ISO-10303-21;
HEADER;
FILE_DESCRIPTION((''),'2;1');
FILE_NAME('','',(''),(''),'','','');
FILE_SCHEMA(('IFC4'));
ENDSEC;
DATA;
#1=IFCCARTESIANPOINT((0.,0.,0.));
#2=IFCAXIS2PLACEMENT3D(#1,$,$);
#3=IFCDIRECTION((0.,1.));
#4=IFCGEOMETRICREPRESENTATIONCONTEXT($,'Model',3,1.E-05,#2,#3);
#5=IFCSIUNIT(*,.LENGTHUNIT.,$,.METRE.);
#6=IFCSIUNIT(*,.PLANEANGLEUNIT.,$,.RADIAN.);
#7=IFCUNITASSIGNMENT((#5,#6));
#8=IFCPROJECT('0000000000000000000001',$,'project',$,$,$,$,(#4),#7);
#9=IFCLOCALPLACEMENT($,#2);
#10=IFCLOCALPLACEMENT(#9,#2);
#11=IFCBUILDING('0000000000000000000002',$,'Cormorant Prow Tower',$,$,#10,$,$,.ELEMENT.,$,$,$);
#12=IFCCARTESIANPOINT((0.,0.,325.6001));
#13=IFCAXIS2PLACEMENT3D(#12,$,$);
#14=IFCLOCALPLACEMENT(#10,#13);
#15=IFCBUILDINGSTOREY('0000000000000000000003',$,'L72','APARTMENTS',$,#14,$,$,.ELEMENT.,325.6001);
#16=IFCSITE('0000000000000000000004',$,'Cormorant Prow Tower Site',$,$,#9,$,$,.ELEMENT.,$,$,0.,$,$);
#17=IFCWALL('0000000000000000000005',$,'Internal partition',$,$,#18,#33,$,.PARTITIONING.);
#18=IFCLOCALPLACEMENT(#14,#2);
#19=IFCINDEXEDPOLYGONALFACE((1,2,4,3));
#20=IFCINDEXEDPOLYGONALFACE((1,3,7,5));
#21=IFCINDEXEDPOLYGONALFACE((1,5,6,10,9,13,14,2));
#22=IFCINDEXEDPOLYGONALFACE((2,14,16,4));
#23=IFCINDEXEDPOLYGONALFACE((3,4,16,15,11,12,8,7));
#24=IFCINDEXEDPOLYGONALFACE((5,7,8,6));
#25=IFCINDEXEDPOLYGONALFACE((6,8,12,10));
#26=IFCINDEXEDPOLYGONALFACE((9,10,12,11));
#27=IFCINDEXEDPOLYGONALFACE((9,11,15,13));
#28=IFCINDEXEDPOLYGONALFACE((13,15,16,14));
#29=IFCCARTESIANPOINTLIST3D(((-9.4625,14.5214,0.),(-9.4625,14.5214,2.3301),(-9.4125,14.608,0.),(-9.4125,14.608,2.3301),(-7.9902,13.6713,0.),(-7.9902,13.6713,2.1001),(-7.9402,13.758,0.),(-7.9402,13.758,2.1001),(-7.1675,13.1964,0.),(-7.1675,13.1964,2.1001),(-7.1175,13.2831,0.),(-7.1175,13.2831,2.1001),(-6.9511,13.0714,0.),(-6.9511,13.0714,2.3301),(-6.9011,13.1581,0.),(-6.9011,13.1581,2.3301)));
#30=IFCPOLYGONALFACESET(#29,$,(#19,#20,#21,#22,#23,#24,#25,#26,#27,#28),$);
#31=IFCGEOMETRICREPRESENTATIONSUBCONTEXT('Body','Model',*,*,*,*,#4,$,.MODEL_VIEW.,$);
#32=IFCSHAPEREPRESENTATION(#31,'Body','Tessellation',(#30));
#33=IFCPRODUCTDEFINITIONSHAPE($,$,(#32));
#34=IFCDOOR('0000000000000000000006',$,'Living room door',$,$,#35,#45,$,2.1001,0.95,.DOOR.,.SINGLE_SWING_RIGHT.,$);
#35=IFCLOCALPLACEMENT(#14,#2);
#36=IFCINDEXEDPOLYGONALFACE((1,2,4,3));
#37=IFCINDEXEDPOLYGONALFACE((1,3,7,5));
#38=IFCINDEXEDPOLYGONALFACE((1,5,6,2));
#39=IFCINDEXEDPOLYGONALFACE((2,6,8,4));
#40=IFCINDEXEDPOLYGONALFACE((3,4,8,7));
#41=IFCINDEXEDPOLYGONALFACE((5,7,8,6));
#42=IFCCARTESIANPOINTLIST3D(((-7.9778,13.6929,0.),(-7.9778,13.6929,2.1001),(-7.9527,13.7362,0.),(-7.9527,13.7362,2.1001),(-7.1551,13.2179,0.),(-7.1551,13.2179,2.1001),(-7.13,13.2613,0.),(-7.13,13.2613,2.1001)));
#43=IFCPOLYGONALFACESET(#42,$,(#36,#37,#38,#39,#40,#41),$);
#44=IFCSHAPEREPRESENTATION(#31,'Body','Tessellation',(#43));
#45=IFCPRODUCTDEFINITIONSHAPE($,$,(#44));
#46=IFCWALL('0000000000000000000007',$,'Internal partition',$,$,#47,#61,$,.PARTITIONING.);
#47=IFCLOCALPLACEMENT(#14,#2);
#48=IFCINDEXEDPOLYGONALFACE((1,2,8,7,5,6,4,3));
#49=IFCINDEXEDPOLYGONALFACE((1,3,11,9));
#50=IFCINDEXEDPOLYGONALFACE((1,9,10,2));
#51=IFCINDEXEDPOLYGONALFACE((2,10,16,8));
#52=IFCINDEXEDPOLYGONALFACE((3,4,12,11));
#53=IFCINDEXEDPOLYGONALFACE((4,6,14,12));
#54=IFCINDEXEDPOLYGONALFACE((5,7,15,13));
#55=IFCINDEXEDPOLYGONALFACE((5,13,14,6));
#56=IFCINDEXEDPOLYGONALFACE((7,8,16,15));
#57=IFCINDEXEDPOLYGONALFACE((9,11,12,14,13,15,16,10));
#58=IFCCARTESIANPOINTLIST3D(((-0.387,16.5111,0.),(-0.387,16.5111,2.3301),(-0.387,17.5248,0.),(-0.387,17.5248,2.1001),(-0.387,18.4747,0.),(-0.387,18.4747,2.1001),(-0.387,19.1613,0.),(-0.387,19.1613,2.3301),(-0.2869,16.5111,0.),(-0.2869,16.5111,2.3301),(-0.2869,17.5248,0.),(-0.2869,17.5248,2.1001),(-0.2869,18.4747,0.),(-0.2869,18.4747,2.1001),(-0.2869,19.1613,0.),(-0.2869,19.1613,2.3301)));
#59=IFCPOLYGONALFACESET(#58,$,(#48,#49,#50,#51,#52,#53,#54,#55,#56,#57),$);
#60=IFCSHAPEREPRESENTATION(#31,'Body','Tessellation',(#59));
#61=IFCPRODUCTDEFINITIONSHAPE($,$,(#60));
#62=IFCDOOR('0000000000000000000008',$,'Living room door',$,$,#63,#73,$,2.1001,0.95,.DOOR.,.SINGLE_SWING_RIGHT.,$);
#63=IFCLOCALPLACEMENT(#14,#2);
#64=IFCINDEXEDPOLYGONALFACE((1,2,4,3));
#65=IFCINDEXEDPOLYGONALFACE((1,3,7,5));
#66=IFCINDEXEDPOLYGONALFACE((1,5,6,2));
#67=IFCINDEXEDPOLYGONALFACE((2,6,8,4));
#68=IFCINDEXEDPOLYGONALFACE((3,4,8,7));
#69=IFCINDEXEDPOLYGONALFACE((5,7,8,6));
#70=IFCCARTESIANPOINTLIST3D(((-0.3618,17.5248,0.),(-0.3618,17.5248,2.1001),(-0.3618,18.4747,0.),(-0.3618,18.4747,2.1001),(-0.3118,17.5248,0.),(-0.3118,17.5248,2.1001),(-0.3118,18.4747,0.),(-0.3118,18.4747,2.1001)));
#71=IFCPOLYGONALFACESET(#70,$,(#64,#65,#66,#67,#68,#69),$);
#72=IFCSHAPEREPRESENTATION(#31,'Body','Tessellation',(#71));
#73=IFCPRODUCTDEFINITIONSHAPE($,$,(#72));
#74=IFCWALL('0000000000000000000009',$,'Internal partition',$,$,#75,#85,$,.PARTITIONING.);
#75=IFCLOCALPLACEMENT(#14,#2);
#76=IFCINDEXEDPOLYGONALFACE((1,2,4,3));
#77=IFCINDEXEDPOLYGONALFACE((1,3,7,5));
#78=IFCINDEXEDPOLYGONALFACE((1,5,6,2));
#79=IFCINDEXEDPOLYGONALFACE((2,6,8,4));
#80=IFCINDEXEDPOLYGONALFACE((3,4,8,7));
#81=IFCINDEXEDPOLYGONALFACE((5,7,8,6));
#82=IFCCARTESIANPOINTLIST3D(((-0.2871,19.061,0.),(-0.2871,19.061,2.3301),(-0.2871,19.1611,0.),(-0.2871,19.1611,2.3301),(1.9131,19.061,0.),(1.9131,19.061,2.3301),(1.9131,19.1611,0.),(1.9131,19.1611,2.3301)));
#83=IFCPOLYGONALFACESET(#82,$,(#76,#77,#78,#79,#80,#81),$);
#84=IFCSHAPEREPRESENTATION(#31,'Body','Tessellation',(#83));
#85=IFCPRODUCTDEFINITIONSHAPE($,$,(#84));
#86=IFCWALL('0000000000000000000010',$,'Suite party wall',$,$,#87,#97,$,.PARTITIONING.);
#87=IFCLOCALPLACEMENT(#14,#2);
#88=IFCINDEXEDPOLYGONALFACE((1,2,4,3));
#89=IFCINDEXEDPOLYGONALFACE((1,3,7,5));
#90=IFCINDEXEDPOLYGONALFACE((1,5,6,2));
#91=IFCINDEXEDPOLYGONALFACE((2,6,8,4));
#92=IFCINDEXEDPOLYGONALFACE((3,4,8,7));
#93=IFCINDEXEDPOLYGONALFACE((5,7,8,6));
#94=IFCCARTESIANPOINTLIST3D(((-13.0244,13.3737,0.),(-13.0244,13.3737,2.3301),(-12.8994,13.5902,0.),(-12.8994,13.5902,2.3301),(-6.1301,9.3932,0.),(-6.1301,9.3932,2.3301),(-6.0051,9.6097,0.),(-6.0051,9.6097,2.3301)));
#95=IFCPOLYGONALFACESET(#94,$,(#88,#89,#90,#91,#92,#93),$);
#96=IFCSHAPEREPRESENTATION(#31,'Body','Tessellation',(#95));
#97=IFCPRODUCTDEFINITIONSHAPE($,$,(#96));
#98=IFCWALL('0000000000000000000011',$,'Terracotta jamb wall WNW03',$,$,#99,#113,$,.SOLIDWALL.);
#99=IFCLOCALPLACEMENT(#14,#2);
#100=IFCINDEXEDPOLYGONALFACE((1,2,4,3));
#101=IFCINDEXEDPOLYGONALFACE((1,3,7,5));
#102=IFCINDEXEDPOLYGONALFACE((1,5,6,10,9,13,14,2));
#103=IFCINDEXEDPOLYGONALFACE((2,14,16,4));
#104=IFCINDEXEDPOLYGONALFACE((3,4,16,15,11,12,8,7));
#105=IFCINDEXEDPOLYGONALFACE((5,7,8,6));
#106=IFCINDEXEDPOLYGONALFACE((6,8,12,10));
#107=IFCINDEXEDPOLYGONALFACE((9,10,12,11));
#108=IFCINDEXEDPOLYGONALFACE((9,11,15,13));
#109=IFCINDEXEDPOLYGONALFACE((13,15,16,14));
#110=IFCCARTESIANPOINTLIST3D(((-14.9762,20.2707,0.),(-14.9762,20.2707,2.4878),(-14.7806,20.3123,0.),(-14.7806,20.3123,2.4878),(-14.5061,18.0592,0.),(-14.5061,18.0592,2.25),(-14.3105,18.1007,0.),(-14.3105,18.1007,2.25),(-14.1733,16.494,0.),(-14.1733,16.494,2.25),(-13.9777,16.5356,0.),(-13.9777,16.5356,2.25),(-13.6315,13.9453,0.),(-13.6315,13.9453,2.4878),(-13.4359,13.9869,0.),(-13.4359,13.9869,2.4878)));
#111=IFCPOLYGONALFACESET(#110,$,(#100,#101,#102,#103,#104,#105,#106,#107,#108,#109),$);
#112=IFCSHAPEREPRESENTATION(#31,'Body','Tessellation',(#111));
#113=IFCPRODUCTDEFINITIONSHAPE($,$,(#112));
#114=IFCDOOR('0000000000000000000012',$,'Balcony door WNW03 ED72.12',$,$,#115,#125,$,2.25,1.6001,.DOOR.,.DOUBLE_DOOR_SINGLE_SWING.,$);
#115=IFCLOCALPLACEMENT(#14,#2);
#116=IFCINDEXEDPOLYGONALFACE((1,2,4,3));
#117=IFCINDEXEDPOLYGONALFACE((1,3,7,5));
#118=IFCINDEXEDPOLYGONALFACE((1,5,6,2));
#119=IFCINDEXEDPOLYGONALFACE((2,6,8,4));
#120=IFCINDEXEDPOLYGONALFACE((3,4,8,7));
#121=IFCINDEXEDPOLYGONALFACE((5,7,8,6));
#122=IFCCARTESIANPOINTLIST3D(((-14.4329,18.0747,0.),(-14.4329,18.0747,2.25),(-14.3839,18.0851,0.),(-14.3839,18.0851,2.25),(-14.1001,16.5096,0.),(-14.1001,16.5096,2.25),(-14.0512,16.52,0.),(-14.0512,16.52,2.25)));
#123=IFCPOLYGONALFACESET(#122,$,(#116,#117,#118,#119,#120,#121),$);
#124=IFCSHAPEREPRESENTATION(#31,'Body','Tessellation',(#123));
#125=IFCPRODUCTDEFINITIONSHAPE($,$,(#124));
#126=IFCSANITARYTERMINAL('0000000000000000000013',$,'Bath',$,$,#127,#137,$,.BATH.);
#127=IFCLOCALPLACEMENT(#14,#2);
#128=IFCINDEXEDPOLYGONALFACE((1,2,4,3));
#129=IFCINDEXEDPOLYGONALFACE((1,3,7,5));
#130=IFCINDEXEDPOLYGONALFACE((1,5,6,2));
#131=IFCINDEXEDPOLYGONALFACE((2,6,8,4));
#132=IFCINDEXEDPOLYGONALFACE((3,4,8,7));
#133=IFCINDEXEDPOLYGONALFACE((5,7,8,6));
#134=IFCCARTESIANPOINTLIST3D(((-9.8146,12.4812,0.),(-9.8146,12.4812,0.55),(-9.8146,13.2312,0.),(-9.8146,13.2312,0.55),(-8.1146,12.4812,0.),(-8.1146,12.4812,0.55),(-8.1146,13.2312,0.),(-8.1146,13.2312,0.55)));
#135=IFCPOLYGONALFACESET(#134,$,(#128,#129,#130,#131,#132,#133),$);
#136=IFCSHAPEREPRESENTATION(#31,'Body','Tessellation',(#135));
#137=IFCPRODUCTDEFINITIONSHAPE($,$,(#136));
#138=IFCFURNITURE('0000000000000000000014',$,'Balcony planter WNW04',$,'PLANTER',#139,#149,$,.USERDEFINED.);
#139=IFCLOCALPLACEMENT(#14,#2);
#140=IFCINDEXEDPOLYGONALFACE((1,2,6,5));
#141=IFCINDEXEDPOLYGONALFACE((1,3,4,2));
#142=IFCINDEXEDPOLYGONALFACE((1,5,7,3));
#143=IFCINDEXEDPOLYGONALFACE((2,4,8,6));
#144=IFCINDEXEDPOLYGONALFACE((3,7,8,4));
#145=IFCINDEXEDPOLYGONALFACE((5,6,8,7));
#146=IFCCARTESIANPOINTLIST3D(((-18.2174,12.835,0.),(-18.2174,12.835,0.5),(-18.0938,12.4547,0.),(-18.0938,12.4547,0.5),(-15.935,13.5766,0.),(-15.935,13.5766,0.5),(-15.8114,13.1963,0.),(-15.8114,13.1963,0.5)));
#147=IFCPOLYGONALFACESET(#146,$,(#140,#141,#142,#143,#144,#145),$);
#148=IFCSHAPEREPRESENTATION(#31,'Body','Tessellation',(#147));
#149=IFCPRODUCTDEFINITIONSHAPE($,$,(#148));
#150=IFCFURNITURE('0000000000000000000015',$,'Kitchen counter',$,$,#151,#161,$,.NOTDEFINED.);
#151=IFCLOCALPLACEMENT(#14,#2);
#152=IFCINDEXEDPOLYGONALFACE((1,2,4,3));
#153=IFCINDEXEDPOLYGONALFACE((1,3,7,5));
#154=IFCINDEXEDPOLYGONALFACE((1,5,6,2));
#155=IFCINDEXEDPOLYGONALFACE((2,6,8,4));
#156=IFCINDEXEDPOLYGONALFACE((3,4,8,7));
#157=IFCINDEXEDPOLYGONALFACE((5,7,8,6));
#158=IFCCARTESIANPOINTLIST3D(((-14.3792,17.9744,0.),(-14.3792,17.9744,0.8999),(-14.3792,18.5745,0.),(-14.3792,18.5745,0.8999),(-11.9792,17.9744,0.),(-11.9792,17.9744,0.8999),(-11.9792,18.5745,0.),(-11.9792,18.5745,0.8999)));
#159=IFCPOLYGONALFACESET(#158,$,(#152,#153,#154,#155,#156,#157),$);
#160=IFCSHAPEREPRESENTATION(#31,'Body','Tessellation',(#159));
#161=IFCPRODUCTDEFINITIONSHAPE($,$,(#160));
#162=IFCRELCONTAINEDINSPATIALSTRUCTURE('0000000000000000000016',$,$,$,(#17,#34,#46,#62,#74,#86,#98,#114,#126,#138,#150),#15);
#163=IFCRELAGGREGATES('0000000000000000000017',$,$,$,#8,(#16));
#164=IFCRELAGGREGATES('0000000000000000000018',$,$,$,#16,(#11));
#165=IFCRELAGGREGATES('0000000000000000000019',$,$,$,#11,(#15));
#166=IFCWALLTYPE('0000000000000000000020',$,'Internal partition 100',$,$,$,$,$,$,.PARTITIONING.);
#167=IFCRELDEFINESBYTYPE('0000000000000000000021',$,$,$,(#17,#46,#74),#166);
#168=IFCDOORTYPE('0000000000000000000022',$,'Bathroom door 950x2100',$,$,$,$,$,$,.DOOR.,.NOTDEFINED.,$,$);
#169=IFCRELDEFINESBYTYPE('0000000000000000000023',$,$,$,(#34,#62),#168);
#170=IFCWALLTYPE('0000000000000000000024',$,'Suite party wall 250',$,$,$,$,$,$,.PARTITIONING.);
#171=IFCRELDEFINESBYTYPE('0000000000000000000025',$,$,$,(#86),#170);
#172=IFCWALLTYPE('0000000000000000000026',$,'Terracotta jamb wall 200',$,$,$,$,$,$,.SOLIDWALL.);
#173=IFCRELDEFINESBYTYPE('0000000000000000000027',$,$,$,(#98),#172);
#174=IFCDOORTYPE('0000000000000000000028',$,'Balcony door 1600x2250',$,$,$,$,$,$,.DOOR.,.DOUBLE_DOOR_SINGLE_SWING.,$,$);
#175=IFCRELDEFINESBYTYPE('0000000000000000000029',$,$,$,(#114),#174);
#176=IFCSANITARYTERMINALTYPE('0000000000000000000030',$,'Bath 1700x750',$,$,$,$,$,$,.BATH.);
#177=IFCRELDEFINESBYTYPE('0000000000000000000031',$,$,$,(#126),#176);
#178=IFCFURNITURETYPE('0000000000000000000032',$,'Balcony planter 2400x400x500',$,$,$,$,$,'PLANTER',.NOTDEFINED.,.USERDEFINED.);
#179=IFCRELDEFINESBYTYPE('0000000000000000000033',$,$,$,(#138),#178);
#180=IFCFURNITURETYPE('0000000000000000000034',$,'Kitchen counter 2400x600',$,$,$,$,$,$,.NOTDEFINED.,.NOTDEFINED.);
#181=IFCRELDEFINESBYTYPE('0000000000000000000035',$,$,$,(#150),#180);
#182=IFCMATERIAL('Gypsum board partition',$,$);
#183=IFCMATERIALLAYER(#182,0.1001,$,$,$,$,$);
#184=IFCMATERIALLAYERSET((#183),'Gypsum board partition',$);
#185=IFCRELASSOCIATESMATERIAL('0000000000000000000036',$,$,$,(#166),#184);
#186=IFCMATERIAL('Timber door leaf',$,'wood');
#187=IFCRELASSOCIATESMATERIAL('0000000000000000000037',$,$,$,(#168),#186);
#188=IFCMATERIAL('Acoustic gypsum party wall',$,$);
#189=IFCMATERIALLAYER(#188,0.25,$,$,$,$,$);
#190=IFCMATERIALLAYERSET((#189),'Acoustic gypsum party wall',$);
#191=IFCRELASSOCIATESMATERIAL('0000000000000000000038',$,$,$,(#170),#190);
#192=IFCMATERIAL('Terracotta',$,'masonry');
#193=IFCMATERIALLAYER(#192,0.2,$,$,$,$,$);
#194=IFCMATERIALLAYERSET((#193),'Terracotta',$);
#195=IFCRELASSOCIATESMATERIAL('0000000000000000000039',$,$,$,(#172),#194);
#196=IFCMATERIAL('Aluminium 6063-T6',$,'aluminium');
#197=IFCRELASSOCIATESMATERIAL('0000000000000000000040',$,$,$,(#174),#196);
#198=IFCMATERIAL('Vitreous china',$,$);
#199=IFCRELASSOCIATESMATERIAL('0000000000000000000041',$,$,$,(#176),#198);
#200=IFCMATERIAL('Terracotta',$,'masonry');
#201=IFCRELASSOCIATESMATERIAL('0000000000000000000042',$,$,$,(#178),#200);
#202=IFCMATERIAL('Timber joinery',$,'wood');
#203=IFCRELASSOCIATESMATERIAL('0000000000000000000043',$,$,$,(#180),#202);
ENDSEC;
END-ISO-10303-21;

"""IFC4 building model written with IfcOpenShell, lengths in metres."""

from ifc_helpers import new_model, si_unit, direction, frame, frame_2d, origin, origin_2d, place, context, subcontext, project, spatial, rectangle, extrude, material, layer, layer_set, type_object, element, fill, save


model = new_model("IFC4")

# Units and contexts
model_context = context("Model", 3, precision=1e-05, world=origin(), true_north=direction((0.0, 1.0)))
body_context = subcontext(model_context, "Body", "Model", "MODEL_VIEW")
ifc_project = project(units=[si_unit("LENGTHUNIT", "METRE"), si_unit("PLANEANGLEUNIT", "RADIAN")], contexts=[model_context])

# Site, building, storey
site_placement = place(None, origin())
site = spatial("IfcSite", under=ifc_project, at=site_placement, Name="Cormorant Prow Tower Site", CompositionType="ELEMENT", RefElevation=0.0)
building_placement = place(site_placement, origin())
building = spatial("IfcBuilding", under=site, at=building_placement, Name="Cormorant Prow Tower", CompositionType="ELEMENT")
storey_placement = place(building_placement, frame((0.0, 0.0, 325.6001)))
storey = spatial("IfcBuildingStorey", under=building, at=storey_placement, Name="L72", Description="APARTMENTS", CompositionType="ELEMENT", Elevation=325.6001)

# Walls, openings, doors
ifc_material_1 = material(Name="Gypsum board partition")
ifc_layer_1 = layer(ifc_material_1, 0.1001)
ifc_layer_set_1 = layer_set([ifc_layer_1], Name="Gypsum board partition")
wall_type_1 = type_object("IfcWallType", Name="Internal partition 100", PredefinedType="PARTITIONING", material=ifc_layer_set_1)
ifc_material_2 = material(Name="Timber door leaf", Category="wood")
door_type_1 = type_object("IfcDoorType", Name="Bathroom door 950x2100", OperationType="NOTDEFINED", PredefinedType="DOOR", material=ifc_material_2)
wall_1_placement = place(storey_placement, frame((-9.4375, 14.5647, 0.0), z_axis=(0.0, 0.0, 1.0), x_axis=(0.866033, -0.499987, 0.0)))
wall_1 = element("IfcWall", 1, at=wall_1_placement, inside=storey, type_object=wall_type_1, Name="Internal partition", PredefinedType="PARTITIONING", context=body_context, shape_type="SweptSolid", body=[
    extrude(rectangle(XDim=2.8999, YDim=0.1001, at=frame_2d((1.45, 0.0))), origin(), (0.0, 0.0, 1.0), 2.3301),
])
opening_1_placement = place(wall_1_placement, frame((1.7, 0.0, 0.0)))
opening_1 = element("IfcOpeningElement", 2, at=opening_1_placement, cuts=wall_1, PredefinedType="OPENING", context=body_context, shape_type="SweptSolid", body=[
    extrude(rectangle(XDim=0.95, YDim=2.1001, at=frame_2d((0.4751, 1.05))), frame((0.0, 0.0601, 0.0), z_axis=(0.0, -1.0, 0.0), x_axis=(1.0, 0.0, 0.0)), (0.0, 0.0, 1.0), 0.1201),
])
door_1_placement = place(opening_1_placement, origin())
door_1 = element("IfcDoor", 3, at=door_1_placement, inside=storey, type_object=door_type_1, Name="Living room door", OperationType="SINGLE_SWING_RIGHT", OverallHeight=2.1001, OverallWidth=0.95, PredefinedType="DOOR", context=body_context, shape_type="SweptSolid", body=[
    extrude(rectangle(XDim=0.95, YDim=2.1001, at=frame_2d((0.4751, 1.05))), frame((0.0, 0.0249, 0.0), z_axis=(0.0, -1.0, 0.0), x_axis=(1.0, 0.0, 0.0)), (0.0, 0.0, 1.0), 0.05),
])
fill(opening_1, door_1)
wall_2_placement = place(storey_placement, frame((-0.3369, 16.511, 0.0), z_axis=(0.0, 0.0, 1.0), x_axis=(0.0, 1.0, 0.0)))
wall_2 = element("IfcWall", 4, at=wall_2_placement, inside=storey, type_object=wall_type_1, Name="Internal partition", PredefinedType="PARTITIONING", context=body_context, shape_type="SweptSolid", body=[
    extrude(rectangle(XDim=2.6501, YDim=0.1001, at=frame_2d((1.3252, 0.0))), origin(), (0.0, 0.0, 1.0), 2.3301),
])
opening_2_placement = place(wall_2_placement, frame((1.0137, 0.0, 0.0)))
opening_2 = element("IfcOpeningElement", 5, at=opening_2_placement, cuts=wall_2, PredefinedType="OPENING", context=body_context, shape_type="SweptSolid", body=[
    extrude(rectangle(XDim=0.95, YDim=2.1001, at=frame_2d((0.4751, 1.05))), frame((0.0, 0.0601, 0.0), z_axis=(0.0, -1.0, 0.0), x_axis=(1.0, 0.0, 0.0)), (0.0, 0.0, 1.0), 0.1201),
])
door_2_placement = place(opening_2_placement, origin())
door_2 = element("IfcDoor", 6, at=door_2_placement, inside=storey, type_object=door_type_1, Name="Living room door", OperationType="SINGLE_SWING_RIGHT", OverallHeight=2.1001, OverallWidth=0.95, PredefinedType="DOOR", context=body_context, shape_type="SweptSolid", body=[
    extrude(rectangle(XDim=0.95, YDim=2.1001, at=frame_2d((0.4751, 1.05))), frame((0.0, 0.0249, 0.0), z_axis=(0.0, -1.0, 0.0), x_axis=(1.0, 0.0, 0.0)), (0.0, 0.0, 1.0), 0.05),
])
fill(opening_2, door_2)

# Walls
wall_3_placement = place(storey_placement, frame((-0.2871, 19.1111, 0.0), z_axis=(0.0, 0.0, 1.0), x_axis=(1.0, 0.0, 0.0)))
element("IfcWall", 7, at=wall_3_placement, inside=storey, type_object=wall_type_1, Name="Internal partition", PredefinedType="PARTITIONING", context=body_context, shape_type="SweptSolid", body=[
    extrude(rectangle(XDim=2.2002, YDim=0.1001, at=frame_2d((1.1001, 0.0))), origin(), (0.0, 0.0, 1.0), 2.3301),
])
ifc_material_3 = material(Name="Acoustic gypsum party wall")
ifc_layer_2 = layer(ifc_material_3, 0.25)
ifc_layer_set_2 = layer_set([ifc_layer_2], Name="Acoustic gypsum party wall")
wall_type_2 = type_object("IfcWallType", Name="Suite party wall 250", PredefinedType="PARTITIONING", material=ifc_layer_set_2)
wall_4_placement = place(storey_placement, frame((-12.9619, 13.4819, 0.0), z_axis=(0.0, 0.0, 1.0), x_axis=(0.866023, -0.500005, 0.0)))
element("IfcWall", 8, at=wall_4_placement, inside=storey, type_object=wall_type_2, Name="Suite party wall", PredefinedType="PARTITIONING", context=body_context, shape_type="SweptSolid", body=[
    extrude(rectangle(XDim=7.9609, YDim=0.25, at=frame_2d((3.9805, 0.0))), origin(), (0.0, 0.0, 1.0), 2.3301),
])

# Wall, opening, door
ifc_material_4 = material(Name="Terracotta", Category="masonry")
ifc_layer_3 = layer(ifc_material_4, 0.2)
ifc_layer_set_3 = layer_set([ifc_layer_3], Name="Terracotta")
wall_type_3 = type_object("IfcWallType", Name="Terracotta jamb wall 200", PredefinedType="SOLIDWALL", material=ifc_layer_set_3)
wall_5_placement = place(storey_placement, frame((-14.8784, 20.2915, 0.0), z_axis=(0.0, 0.0, 1.0), x_axis=(0.207943, -0.978141, 0.0)))
wall_5 = element("IfcWall", 9, at=wall_5_placement, inside=storey, type_object=wall_type_3, Name="Terracotta jamb wall WNW03", PredefinedType="SOLIDWALL", context=body_context, shape_type="SweptSolid", body=[
    extrude(rectangle(XDim=6.4668, YDim=0.2, at=frame_2d((3.2334, 0.0))), origin(), (0.0, 0.0, 1.0), 2.4878),
])
opening_3_placement = place(wall_5_placement, frame((2.261, 0.0, 0.0)))
opening_3 = element("IfcOpeningElement", 10, at=opening_3_placement, cuts=wall_5, PredefinedType="OPENING", context=body_context, shape_type="SweptSolid", body=[
    extrude(rectangle(XDim=1.6001, YDim=2.25, at=frame_2d((0.8, 1.125))), frame((0.0, 0.1099, 0.0), z_axis=(0.0, -1.0, 0.0), x_axis=(1.0, 0.0, 0.0)), (0.0, 0.0, 1.0), 0.22),
])
ifc_material_5 = material(Name="Aluminium 6063-T6", Category="aluminium")
door_type_2 = type_object("IfcDoorType", Name="Balcony door 1600x2250", OperationType="DOUBLE_DOOR_SINGLE_SWING", PredefinedType="DOOR", material=ifc_material_5)
door_3_placement = place(opening_3_placement, origin())
door_3 = element("IfcDoor", 11, at=door_3_placement, inside=storey, type_object=door_type_2, Name="Balcony door WNW03 ED72.12", OperationType="DOUBLE_DOOR_SINGLE_SWING", OverallHeight=2.25, OverallWidth=1.6001, PredefinedType="DOOR", context=body_context, shape_type="SweptSolid", body=[
    extrude(rectangle(XDim=1.6001, YDim=2.25, at=frame_2d((0.8, 1.125))), frame((0.0, 0.0249, 0.0), z_axis=(0.0, -1.0, 0.0), x_axis=(1.0, 0.0, 0.0)), (0.0, 0.0, 1.0), 0.05),
])
fill(opening_3, door_3)

# Sanitary terminal
ifc_material_6 = material(Name="Vitreous china")
sanitary_terminal_type = type_object("IfcSanitaryTerminalType", Name="Bath 1700x750", PredefinedType="BATH", material=ifc_material_6)
sanitary_terminal_placement = place(storey_placement, frame((-8.9646, 12.8562, 0.0), z_axis=(0.0, 0.0, 1.0), x_axis=(1.0, 0.0, 0.0)))
element("IfcSanitaryTerminal", 12, at=sanitary_terminal_placement, inside=storey, type_object=sanitary_terminal_type, Name="Bath", PredefinedType="BATH", context=body_context, shape_type="SweptSolid", body=[
    extrude(rectangle(XDim=1.7, YDim=0.75, at=origin_2d()), origin(), (0.0, 0.0, 1.0), 0.55),
])

# Furniture
ifc_material_7 = material(Name="Terracotta", Category="masonry")
furniture_type_1 = type_object("IfcFurnitureType", Name="Balcony planter 2400x400x500", ElementType="PLANTER", AssemblyPlace="NOTDEFINED", PredefinedType="USERDEFINED", material=ifc_material_7)
furniture_1_placement = place(storey_placement, frame((-17.0144, 13.0156, 0.0), z_axis=(0.0, 0.0, 1.0), x_axis=(-0.951057, -0.309017, 0.0)))
element("IfcFurniture", 13, at=furniture_1_placement, inside=storey, type_object=furniture_type_1, Name="Balcony planter WNW04", ObjectType="PLANTER", PredefinedType="USERDEFINED", context=body_context, shape_type="SweptSolid", body=[
    extrude(rectangle(XDim=2.3999, YDim=0.3999, at=origin_2d()), origin(), (0.0, 0.0, 1.0), 0.5),
])
ifc_material_8 = material(Name="Timber joinery", Category="wood")
furniture_type_2 = type_object("IfcFurnitureType", Name="Kitchen counter 2400x600", AssemblyPlace="NOTDEFINED", PredefinedType="NOTDEFINED", material=ifc_material_8)
furniture_2_placement = place(storey_placement, frame((-13.1792, 18.2744, 0.0), z_axis=(0.0, 0.0, 1.0), x_axis=(1.0, 0.0, 0.0)))
element("IfcFurniture", 14, at=furniture_2_placement, inside=storey, type_object=furniture_type_2, Name="Kitchen counter", PredefinedType="NOTDEFINED", context=body_context, shape_type="SweptSolid", body=[
    extrude(rectangle(XDim=2.3999, YDim=0.6001, at=origin_2d()), origin(), (0.0, 0.0, 1.0), 0.8999),
])

save(model, "model.ifc")
